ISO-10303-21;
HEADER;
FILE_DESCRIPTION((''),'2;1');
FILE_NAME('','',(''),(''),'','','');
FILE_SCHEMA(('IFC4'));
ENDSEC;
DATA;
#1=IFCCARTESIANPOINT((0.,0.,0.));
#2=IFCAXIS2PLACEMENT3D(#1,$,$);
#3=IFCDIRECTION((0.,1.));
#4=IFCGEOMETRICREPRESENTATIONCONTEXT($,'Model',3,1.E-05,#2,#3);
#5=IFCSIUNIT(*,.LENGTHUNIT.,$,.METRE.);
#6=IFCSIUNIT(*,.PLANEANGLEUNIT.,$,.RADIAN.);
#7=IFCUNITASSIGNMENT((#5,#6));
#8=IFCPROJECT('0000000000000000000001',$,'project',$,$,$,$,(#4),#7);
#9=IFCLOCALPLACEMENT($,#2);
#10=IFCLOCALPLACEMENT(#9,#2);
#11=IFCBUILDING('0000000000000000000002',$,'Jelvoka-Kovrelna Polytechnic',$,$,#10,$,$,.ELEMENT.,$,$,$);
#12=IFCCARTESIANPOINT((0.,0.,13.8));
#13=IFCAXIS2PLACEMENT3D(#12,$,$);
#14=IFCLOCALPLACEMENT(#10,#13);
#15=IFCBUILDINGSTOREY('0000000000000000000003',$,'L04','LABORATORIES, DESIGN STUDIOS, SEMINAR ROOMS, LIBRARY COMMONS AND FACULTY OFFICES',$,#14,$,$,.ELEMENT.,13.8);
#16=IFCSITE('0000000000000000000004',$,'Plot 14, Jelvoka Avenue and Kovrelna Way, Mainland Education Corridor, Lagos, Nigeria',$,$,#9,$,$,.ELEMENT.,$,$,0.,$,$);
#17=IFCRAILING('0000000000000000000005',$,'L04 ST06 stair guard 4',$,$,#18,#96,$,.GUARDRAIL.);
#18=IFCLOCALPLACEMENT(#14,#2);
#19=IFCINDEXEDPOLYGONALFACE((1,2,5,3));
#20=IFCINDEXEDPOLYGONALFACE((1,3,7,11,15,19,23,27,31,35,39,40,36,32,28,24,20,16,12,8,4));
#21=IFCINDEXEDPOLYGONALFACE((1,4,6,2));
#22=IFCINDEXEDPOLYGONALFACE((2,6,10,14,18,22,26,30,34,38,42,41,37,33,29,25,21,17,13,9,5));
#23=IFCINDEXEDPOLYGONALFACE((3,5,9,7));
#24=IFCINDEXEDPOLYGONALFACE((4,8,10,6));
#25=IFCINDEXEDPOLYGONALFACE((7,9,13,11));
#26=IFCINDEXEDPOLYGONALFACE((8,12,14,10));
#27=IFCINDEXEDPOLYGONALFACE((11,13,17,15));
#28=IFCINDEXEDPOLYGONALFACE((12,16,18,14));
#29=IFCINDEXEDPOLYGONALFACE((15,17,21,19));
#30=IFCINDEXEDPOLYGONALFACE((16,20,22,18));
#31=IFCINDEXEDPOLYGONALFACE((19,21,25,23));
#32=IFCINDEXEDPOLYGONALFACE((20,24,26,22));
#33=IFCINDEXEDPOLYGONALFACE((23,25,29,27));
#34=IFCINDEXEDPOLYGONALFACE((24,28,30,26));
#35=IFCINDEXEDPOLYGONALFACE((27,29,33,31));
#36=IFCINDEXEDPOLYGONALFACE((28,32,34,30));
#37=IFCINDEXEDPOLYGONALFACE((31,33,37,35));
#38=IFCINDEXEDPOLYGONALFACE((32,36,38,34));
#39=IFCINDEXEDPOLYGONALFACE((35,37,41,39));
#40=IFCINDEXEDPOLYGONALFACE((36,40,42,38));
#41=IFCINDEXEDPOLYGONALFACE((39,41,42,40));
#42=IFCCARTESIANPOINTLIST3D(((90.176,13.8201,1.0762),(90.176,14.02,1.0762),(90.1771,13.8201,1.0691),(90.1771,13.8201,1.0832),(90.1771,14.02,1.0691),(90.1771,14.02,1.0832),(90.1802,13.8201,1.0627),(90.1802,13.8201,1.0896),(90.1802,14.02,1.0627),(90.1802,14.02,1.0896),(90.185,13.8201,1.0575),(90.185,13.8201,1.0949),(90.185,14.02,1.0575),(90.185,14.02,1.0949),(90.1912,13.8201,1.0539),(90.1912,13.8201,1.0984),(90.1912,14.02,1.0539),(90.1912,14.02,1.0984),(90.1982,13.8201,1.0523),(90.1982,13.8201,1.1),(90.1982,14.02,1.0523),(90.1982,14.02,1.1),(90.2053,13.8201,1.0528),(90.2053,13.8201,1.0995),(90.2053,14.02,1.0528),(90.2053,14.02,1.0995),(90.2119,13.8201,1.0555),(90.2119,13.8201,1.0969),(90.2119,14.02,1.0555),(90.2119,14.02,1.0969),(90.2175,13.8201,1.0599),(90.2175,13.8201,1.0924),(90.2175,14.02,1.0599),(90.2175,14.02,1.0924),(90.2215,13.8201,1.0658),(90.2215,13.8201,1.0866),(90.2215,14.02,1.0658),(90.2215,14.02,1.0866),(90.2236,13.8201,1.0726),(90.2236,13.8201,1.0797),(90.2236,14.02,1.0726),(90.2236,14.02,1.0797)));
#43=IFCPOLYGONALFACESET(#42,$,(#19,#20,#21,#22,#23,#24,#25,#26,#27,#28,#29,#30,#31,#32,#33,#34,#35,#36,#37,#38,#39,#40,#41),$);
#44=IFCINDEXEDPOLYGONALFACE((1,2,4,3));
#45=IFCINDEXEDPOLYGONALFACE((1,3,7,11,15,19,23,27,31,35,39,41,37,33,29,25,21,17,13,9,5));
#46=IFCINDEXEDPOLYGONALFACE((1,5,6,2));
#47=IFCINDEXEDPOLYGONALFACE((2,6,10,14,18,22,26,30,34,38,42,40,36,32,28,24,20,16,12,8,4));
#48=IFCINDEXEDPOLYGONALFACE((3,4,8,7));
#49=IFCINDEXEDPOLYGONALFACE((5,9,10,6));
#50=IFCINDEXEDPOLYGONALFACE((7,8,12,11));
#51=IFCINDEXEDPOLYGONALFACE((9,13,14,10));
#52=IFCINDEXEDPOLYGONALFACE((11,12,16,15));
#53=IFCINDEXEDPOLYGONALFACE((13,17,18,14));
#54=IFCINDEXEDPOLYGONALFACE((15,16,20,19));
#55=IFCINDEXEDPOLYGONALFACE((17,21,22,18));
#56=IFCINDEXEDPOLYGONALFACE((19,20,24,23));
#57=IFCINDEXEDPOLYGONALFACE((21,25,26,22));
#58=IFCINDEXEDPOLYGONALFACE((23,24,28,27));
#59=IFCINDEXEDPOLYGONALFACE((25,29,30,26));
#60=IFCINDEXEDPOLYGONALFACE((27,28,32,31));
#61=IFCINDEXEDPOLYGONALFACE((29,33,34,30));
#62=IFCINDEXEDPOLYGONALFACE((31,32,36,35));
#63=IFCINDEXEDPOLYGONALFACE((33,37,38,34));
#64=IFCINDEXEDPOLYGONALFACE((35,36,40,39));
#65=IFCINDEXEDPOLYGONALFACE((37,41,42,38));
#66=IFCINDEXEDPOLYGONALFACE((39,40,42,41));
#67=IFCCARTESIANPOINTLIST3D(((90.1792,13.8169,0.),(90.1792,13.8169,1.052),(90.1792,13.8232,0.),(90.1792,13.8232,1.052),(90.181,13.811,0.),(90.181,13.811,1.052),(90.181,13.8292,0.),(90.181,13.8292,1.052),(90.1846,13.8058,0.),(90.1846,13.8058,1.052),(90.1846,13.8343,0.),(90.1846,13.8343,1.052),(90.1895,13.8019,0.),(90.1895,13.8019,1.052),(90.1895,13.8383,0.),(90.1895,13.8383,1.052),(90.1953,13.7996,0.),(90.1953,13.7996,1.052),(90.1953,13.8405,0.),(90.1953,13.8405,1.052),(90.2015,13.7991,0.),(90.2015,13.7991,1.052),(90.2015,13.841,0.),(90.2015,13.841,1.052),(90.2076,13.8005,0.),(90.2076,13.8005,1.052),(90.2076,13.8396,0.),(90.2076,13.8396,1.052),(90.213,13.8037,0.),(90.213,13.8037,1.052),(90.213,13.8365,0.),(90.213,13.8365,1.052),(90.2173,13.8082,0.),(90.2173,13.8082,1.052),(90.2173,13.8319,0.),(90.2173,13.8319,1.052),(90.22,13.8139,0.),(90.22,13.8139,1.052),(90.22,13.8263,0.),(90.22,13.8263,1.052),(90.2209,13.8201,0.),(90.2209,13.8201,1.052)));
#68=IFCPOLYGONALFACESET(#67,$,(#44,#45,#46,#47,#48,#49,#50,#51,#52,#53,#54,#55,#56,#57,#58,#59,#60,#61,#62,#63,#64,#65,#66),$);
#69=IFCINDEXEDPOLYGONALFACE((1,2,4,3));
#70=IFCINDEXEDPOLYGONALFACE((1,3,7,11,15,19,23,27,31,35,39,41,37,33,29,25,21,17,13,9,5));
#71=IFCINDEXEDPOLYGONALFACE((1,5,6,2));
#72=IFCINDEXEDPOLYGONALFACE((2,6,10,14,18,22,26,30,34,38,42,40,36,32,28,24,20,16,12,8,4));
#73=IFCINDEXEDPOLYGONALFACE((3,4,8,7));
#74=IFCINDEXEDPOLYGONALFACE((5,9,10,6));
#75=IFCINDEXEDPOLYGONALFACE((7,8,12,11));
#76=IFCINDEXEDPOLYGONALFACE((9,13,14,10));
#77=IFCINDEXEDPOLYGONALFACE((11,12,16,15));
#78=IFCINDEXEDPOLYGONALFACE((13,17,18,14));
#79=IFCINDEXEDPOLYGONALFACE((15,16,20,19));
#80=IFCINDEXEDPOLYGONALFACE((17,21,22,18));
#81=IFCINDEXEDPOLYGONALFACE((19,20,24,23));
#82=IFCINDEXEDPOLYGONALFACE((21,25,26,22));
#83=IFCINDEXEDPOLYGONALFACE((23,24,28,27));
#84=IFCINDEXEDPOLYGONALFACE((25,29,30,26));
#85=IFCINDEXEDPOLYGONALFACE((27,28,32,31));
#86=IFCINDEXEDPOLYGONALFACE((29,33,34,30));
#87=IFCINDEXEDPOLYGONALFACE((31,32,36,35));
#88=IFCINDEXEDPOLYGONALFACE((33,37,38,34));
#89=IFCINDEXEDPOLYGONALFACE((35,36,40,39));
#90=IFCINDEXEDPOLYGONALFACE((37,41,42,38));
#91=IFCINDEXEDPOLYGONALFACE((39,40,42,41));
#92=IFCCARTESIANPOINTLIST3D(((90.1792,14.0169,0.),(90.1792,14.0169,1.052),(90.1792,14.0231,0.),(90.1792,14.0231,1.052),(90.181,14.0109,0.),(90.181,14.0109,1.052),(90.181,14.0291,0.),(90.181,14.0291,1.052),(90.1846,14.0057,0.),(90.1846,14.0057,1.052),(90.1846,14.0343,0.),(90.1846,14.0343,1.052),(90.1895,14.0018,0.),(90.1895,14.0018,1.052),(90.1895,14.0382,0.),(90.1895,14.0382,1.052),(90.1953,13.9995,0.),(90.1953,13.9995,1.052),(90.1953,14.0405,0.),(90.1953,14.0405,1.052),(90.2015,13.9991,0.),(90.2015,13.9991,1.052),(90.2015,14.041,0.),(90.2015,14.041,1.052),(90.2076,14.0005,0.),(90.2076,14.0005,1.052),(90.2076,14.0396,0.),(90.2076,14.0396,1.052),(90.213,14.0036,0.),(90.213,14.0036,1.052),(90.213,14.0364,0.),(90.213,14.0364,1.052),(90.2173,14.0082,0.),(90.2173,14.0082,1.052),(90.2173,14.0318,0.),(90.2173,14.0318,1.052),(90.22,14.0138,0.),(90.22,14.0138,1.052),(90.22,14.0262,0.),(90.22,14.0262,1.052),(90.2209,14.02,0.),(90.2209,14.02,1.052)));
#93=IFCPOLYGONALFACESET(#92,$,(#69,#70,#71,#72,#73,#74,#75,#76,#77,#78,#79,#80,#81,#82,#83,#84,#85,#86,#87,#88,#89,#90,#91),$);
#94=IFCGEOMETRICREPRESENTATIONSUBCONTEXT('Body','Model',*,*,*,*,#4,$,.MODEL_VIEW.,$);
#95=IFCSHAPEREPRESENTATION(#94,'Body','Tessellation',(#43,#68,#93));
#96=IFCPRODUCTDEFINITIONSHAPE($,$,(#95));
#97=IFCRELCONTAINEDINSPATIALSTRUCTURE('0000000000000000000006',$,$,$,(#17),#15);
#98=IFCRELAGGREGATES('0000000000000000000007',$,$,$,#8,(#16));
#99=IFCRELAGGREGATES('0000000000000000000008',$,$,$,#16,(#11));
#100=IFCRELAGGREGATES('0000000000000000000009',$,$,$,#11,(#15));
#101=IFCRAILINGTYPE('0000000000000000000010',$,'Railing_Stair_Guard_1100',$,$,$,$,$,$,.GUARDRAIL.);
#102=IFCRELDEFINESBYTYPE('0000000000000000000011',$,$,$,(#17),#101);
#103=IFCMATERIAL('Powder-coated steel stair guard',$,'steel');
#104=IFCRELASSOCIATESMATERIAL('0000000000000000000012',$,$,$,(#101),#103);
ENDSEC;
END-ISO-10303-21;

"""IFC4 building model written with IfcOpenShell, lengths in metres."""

from ifc_helpers import new_model, si_unit, direction, frame, origin, origin_2d, place, context, subcontext, project, spatial, circle, extrude, material, type_object, element, save


model = new_model("IFC4")

# Units and contexts
model_context = context("Model", 3, precision=1e-05, world=origin(), true_north=direction((0.0, 1.0)))
body_context = subcontext(model_context, "Body", "Model", "MODEL_VIEW")
ifc_project = project(units=[si_unit("LENGTHUNIT", "METRE"), si_unit("PLANEANGLEUNIT", "RADIAN")], contexts=[model_context])

# Site, building, storey
site_placement = place(None, origin())
site = spatial("IfcSite", under=ifc_project, at=site_placement, Name="Plot 14, Jelvoka Avenue and Kovrelna Way, Mainland Education Corridor, Lagos, Nigeria", CompositionType="ELEMENT", RefElevation=0.0)
building_placement = place(site_placement, origin())
building = spatial("IfcBuilding", under=site, at=building_placement, Name="Jelvoka-Kovrelna Polytechnic", CompositionType="ELEMENT")
storey_placement = place(building_placement, frame((0.0, 0.0, 13.8)))
storey = spatial("IfcBuildingStorey", under=building, at=storey_placement, Name="L04", Description="LABORATORIES, DESIGN STUDIOS, SEMINAR ROOMS, LIBRARY COMMONS AND FACULTY OFFICES", CompositionType="ELEMENT", Elevation=13.8)

# Railing
ifc_material_1 = material(Name="Powder-coated steel stair guard", Category="steel")
railing_type_1 = type_object("IfcRailingType", Name="Railing_Stair_Guard_1100", PredefinedType="GUARDRAIL", material=ifc_material_1)
railing_1_placement = place(storey_placement, frame((90.2, 13.8201, 0.0)))
element("IfcRailing", 1, at=railing_1_placement, inside=storey, type_object=railing_type_1, Name="L04 ST06 stair guard 4", PredefinedType="GUARDRAIL", context=body_context, shape_type="SweptSolid", body=[
    extrude(circle(Radius=0.0239, at=origin_2d()), frame((0.0, 0.0, 1.0762), z_axis=(0.0, 1.0, 0.0), x_axis=(-1.0, 0.0, 0.0)), (0.0, 0.0, 1.0), 0.2),
    extrude(circle(Radius=0.021, at=origin_2d()), origin(), (0.0, 0.0, 1.0), 1.052),
    extrude(circle(Radius=0.021, at=origin_2d()), frame((0.0, 0.2, 0.0)), (0.0, 0.0, 1.0), 1.052),
])

save(model, "model.ifc")
